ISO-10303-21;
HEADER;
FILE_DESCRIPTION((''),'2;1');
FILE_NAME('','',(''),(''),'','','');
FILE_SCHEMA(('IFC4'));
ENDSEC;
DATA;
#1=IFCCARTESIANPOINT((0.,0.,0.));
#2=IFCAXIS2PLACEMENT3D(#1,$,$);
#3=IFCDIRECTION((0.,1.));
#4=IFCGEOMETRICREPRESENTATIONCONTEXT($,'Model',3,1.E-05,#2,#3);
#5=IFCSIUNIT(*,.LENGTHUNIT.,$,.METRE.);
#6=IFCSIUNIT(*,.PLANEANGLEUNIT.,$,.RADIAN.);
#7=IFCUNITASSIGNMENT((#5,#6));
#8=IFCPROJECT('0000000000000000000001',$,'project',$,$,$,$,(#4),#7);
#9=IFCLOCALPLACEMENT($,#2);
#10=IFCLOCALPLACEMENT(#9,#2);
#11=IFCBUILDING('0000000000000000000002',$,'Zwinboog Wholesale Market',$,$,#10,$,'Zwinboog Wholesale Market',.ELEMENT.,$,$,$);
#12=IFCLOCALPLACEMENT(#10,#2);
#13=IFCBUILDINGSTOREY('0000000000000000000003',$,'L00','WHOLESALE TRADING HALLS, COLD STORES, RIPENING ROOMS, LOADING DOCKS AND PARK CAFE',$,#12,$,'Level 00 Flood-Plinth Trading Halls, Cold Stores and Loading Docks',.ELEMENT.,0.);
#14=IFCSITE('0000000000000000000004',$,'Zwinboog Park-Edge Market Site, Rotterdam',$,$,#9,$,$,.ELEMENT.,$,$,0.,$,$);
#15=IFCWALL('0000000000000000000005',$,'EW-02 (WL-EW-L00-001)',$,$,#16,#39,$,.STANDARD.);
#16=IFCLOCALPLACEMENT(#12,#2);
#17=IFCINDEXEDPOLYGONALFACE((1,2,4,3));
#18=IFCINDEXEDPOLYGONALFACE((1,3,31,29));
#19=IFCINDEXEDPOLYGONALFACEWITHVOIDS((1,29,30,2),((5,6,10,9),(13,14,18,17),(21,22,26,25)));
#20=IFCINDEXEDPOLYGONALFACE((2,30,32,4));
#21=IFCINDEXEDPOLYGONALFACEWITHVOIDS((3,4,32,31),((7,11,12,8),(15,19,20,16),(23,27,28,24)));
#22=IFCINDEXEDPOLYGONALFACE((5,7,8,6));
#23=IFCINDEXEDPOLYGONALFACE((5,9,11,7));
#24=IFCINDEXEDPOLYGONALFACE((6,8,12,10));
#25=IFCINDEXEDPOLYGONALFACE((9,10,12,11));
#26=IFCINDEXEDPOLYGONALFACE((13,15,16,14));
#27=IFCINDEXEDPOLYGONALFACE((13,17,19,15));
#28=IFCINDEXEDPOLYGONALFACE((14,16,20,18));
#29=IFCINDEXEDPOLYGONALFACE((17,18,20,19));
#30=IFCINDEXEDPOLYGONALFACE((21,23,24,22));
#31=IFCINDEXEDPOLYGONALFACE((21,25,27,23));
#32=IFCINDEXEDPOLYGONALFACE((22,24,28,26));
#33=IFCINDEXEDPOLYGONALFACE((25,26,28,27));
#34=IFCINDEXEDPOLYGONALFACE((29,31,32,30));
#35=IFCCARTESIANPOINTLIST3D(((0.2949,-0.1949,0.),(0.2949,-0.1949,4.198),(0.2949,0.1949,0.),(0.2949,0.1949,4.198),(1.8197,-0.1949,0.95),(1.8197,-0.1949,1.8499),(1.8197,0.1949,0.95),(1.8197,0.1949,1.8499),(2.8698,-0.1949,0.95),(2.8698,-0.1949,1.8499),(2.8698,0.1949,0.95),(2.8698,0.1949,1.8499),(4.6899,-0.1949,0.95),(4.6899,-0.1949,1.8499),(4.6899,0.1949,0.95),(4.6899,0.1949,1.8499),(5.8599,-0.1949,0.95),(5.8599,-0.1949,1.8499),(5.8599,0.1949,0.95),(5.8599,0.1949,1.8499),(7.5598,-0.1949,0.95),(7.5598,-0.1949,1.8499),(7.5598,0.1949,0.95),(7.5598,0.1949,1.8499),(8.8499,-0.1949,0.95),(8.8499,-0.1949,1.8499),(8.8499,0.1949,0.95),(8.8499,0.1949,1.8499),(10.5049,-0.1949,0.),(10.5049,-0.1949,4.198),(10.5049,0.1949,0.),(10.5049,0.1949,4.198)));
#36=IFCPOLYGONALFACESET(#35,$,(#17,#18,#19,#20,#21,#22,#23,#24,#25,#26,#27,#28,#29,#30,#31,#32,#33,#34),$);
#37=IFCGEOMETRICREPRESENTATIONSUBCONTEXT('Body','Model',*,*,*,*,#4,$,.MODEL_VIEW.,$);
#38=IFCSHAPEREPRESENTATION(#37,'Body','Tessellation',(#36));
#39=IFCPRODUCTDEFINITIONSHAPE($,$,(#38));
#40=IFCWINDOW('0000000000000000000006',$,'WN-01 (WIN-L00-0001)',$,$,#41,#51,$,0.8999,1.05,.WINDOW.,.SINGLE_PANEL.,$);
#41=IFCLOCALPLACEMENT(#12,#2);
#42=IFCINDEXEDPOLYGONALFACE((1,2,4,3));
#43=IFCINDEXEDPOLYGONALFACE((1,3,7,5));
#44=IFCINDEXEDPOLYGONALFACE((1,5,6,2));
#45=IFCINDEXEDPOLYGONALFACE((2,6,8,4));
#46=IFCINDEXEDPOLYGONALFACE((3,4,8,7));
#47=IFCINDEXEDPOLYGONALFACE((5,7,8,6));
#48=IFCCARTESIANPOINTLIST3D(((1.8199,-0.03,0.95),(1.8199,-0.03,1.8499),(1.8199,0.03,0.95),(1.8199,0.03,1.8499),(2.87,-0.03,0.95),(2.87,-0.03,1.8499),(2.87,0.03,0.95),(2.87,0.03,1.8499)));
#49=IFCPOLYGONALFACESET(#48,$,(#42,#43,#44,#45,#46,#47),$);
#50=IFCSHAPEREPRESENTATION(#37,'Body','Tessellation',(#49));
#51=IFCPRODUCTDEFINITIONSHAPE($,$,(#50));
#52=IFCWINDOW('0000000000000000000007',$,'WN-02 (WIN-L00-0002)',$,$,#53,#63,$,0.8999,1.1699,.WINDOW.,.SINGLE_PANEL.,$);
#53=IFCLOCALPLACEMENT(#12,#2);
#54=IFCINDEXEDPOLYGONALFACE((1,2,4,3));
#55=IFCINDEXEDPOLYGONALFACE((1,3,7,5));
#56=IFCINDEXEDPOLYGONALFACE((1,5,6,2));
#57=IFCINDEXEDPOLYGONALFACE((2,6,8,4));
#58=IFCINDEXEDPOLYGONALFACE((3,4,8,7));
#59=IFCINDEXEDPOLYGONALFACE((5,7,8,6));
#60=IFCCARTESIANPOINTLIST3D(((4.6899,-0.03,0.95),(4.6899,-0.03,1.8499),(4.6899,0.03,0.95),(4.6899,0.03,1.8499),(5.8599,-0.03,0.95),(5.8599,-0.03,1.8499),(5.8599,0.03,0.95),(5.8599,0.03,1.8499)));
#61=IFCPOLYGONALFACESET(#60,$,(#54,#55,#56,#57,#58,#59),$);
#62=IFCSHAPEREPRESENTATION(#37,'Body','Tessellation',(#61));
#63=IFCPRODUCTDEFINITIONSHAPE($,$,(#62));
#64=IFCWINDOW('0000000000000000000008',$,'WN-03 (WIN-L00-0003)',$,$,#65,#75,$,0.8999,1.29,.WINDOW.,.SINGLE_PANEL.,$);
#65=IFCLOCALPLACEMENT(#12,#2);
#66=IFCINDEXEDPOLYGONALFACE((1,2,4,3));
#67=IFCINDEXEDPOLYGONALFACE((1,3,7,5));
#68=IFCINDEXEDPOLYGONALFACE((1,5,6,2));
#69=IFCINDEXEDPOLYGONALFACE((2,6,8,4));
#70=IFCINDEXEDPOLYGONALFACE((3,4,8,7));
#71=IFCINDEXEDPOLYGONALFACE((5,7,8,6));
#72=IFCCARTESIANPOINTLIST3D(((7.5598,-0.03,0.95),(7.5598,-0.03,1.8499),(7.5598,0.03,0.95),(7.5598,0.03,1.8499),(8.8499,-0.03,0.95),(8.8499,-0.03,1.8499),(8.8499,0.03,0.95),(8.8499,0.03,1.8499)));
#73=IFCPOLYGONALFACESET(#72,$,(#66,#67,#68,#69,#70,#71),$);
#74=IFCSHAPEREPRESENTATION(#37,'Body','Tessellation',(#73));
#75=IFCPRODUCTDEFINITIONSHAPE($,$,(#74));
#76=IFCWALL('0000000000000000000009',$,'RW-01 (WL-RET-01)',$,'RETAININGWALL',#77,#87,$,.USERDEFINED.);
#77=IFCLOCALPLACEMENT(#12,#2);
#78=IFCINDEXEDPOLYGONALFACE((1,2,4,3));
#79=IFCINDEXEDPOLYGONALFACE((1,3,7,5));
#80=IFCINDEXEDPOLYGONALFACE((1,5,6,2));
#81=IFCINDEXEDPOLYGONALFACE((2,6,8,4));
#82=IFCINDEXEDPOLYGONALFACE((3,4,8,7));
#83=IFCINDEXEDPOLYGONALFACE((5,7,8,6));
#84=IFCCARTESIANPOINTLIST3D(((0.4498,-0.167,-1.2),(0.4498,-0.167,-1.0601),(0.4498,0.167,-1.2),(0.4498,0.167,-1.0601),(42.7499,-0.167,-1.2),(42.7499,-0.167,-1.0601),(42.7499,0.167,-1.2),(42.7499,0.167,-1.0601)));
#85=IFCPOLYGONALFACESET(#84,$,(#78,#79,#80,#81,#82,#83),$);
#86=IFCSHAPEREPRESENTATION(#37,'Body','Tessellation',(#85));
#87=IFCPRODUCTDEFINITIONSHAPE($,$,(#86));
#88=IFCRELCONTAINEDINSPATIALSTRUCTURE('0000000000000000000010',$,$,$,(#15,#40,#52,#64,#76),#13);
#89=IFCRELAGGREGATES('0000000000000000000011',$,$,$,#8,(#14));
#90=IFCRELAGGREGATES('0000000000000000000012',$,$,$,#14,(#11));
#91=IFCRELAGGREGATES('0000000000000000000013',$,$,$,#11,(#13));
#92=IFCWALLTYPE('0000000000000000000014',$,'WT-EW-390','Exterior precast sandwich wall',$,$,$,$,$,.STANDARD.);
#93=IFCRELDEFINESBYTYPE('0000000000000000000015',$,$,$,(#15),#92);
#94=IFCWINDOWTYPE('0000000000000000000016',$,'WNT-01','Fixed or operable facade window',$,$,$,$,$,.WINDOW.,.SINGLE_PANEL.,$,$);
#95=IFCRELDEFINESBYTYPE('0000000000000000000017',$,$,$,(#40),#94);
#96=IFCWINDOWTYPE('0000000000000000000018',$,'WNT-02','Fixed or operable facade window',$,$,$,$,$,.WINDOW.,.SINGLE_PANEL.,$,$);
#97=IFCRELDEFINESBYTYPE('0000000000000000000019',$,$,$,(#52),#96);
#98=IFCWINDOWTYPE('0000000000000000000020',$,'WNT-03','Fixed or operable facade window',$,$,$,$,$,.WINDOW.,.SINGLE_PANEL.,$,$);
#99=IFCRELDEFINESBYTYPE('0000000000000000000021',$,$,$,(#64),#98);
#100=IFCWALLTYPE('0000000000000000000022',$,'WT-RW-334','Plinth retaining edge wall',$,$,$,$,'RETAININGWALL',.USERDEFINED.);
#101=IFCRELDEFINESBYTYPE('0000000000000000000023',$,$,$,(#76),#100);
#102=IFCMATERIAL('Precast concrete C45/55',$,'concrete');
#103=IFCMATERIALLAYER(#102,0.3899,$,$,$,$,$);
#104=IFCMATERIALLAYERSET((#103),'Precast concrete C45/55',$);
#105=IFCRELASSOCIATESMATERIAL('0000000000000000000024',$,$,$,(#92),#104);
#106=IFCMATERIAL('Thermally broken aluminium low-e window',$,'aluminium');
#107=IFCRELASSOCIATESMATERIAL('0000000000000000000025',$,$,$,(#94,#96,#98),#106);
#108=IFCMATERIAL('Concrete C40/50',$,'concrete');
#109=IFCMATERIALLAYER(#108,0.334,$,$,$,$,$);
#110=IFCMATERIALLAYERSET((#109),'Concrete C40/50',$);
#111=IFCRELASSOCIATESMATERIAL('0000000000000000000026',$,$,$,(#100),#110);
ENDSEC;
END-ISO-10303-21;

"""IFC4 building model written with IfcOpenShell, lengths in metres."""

from ifc_helpers import new_model, si_unit, direction, frame, frame_2d, origin, place, context, subcontext, project, spatial, rectangle, extrude, material, layer, layer_set, type_object, element, fill, save


model = new_model("IFC4")

# Units and contexts
model_context = context("Model", 3, precision=1e-05, world=origin(), true_north=direction((0.0, 1.0)))
body_context = subcontext(model_context, "Body", "Model", "MODEL_VIEW")
ifc_project = project(units=[si_unit("LENGTHUNIT", "METRE"), si_unit("PLANEANGLEUNIT", "RADIAN")], contexts=[model_context])

# Site, building, storey
site_placement = place(None, origin())
site = spatial("IfcSite", under=ifc_project, at=site_placement, Name="Zwinboog Park-Edge Market Site, Rotterdam", CompositionType="ELEMENT", RefElevation=0.0)
building_placement = place(site_placement, origin())
building = spatial("IfcBuilding", under=site, at=building_placement, Name="Zwinboog Wholesale Market", LongName="Zwinboog Wholesale Market", CompositionType="ELEMENT")
storey_placement = place(building_placement, origin())
storey = spatial("IfcBuildingStorey", under=building, at=storey_placement, Name="L00", Description="WHOLESALE TRADING HALLS, COLD STORES, RIPENING ROOMS, LOADING DOCKS AND PARK CAFE", LongName="Level 00 Flood-Plinth Trading Halls, Cold Stores and Loading Docks", CompositionType="ELEMENT", Elevation=0.0)

# Shared definitions
ifc_material_1 = material(Name="Concrete C40/50", Category="concrete")

# Shared definitions
ifc_material_2 = material(Name="Precast concrete C45/55", Category="concrete")

# Wall, openings, windows
ifc_layer_1 = layer(ifc_material_2, 0.3899)
ifc_layer_set_1 = layer_set([ifc_layer_1], Name="Precast concrete C45/55")
wall_type_1 = type_object("IfcWallType", Name="WT-EW-390", Description="Exterior precast sandwich wall", PredefinedType="STANDARD", material=ifc_layer_set_1)
wall_1_placement = place(storey_placement, frame((0.2949, 0.0, 0.0), z_axis=(0.0, 0.0, 1.0), x_axis=(1.0, 0.0, 0.0)))
wall_1 = element("IfcWall", 1, at=wall_1_placement, inside=storey, type_object=wall_type_1, Name="EW-02 (WL-EW-L00-001)", PredefinedType="STANDARD", context=body_context, shape_type="SweptSolid", body=[
    extrude(rectangle(XDim=10.21, YDim=0.3899, at=frame_2d((5.105, 0.0))), origin(), (0.0, 0.0, 1.0), 4.198),
])
opening_1_placement = place(wall_1_placement, frame((1.5249, 0.0, 0.95)))
opening_1 = element("IfcOpeningElement", 2, at=opening_1_placement, cuts=wall_1, PredefinedType="OPENING", context=body_context, shape_type="SweptSolid", body=[
    extrude(rectangle(XDim=1.05, YDim=0.8999, at=frame_2d((0.5249, 0.45))), frame((0.0, 0.2048, 0.0), z_axis=(0.0, -1.0, 0.0), x_axis=(1.0, 0.0, 0.0)), (0.0, 0.0, 1.0), 0.4099),
])
opening_2_placement = place(wall_1_placement, frame((4.395, 0.0, 0.95)))
opening_2 = element("IfcOpeningElement", 3, at=opening_2_placement, cuts=wall_1, PredefinedType="OPENING", context=body_context, shape_type="SweptSolid", body=[
    extrude(rectangle(XDim=1.1699, YDim=0.8999, at=frame_2d((0.585, 0.45))), frame((0.0, 0.2048, 0.0), z_axis=(0.0, -1.0, 0.0), x_axis=(1.0, 0.0, 0.0)), (0.0, 0.0, 1.0), 0.4099),
])
opening_3_placement = place(wall_1_placement, frame((7.2649, 0.0, 0.95)))
opening_3 = element("IfcOpeningElement", 4, at=opening_3_placement, cuts=wall_1, PredefinedType="OPENING", context=body_context, shape_type="SweptSolid", body=[
    extrude(rectangle(XDim=1.29, YDim=0.8999, at=frame_2d((0.645, 0.45))), frame((0.0, 0.2048, 0.0), z_axis=(0.0, -1.0, 0.0), x_axis=(1.0, 0.0, 0.0)), (0.0, 0.0, 1.0), 0.4099),
])
ifc_material_3 = material(Name="Thermally broken aluminium low-e window", Category="aluminium")
window_type_1 = type_object("IfcWindowType", Name="WNT-01", Description="Fixed or operable facade window", PartitioningType="SINGLE_PANEL", PredefinedType="WINDOW", material=ifc_material_3)
window_1_placement = place(opening_1_placement, frame((1.05, 0.0, 0.0), z_axis=(0.0, 0.0, 1.0), x_axis=(-1.0, 0.0, 0.0)))
window_1 = element("IfcWindow", 5, at=window_1_placement, inside=storey, type_object=window_type_1, Name="WN-01 (WIN-L00-0001)", OverallHeight=0.8999, OverallWidth=1.05, PartitioningType="SINGLE_PANEL", PredefinedType="WINDOW", context=body_context, shape_type="SweptSolid", body=[
    extrude(rectangle(XDim=1.05, YDim=0.8999, at=frame_2d((0.5249, 0.45))), frame((0.0, 0.03, 0.0), z_axis=(0.0, -1.0, 0.0), x_axis=(1.0, 0.0, 0.0)), (0.0, 0.0, 1.0), 0.0601),
])
fill(opening_1, window_1)
window_type_2 = type_object("IfcWindowType", Name="WNT-02", Description="Fixed or operable facade window", PartitioningType="SINGLE_PANEL", PredefinedType="WINDOW", material=ifc_material_3)
window_2_placement = place(opening_2_placement, frame((1.1699, 0.0, 0.0), z_axis=(0.0, 0.0, 1.0), x_axis=(-1.0, 0.0, 0.0)))
window_2 = element("IfcWindow", 6, at=window_2_placement, inside=storey, type_object=window_type_2, Name="WN-02 (WIN-L00-0002)", OverallHeight=0.8999, OverallWidth=1.1699, PartitioningType="SINGLE_PANEL", PredefinedType="WINDOW", context=body_context, shape_type="SweptSolid", body=[
    extrude(rectangle(XDim=1.1699, YDim=0.8999, at=frame_2d((0.585, 0.45))), frame((0.0, 0.03, 0.0), z_axis=(0.0, -1.0, 0.0), x_axis=(1.0, 0.0, 0.0)), (0.0, 0.0, 1.0), 0.0601),
])
fill(opening_2, window_2)
window_type_3 = type_object("IfcWindowType", Name="WNT-03", Description="Fixed or operable facade window", PartitioningType="SINGLE_PANEL", PredefinedType="WINDOW", material=ifc_material_3)
window_3_placement = place(opening_3_placement, frame((1.29, 0.0, 0.0), z_axis=(0.0, 0.0, 1.0), x_axis=(-1.0, 0.0, 0.0)))
window_3 = element("IfcWindow", 7, at=window_3_placement, inside=storey, type_object=window_type_3, Name="WN-03 (WIN-L00-0003)", OverallHeight=0.8999, OverallWidth=1.29, PartitioningType="SINGLE_PANEL", PredefinedType="WINDOW", context=body_context, shape_type="SweptSolid", body=[
    extrude(rectangle(XDim=1.29, YDim=0.8999, at=frame_2d((0.645, 0.45))), frame((0.0, 0.03, 0.0), z_axis=(0.0, -1.0, 0.0), x_axis=(1.0, 0.0, 0.0)), (0.0, 0.0, 1.0), 0.0601),
])
fill(opening_3, window_3)

# Wall
ifc_layer_2 = layer(ifc_material_1, 0.334)
ifc_layer_set_2 = layer_set([ifc_layer_2], Name="Concrete C40/50")
wall_type_2 = type_object("IfcWallType", Name="WT-RW-334", Description="Plinth retaining edge wall", ElementType="RETAININGWALL", PredefinedType="USERDEFINED", material=ifc_layer_set_2)
wall_2_placement = place(storey_placement, frame((0.45, 0.0, -1.2), z_axis=(0.0, 0.0, 1.0), x_axis=(1.0, 0.0, 0.0)))
element("IfcWall", 8, at=wall_2_placement, inside=storey, type_object=wall_type_2, Name="RW-01 (WL-RET-01)", ObjectType="RETAININGWALL", PredefinedType="USERDEFINED", context=body_context, shape_type="SweptSolid", body=[
    extrude(rectangle(XDim=42.3, YDim=0.334, at=frame_2d((21.1499, 0.0))), origin(), (0.0, 0.0, 1.0), 0.1399),
])

save(model, "model.ifc")
